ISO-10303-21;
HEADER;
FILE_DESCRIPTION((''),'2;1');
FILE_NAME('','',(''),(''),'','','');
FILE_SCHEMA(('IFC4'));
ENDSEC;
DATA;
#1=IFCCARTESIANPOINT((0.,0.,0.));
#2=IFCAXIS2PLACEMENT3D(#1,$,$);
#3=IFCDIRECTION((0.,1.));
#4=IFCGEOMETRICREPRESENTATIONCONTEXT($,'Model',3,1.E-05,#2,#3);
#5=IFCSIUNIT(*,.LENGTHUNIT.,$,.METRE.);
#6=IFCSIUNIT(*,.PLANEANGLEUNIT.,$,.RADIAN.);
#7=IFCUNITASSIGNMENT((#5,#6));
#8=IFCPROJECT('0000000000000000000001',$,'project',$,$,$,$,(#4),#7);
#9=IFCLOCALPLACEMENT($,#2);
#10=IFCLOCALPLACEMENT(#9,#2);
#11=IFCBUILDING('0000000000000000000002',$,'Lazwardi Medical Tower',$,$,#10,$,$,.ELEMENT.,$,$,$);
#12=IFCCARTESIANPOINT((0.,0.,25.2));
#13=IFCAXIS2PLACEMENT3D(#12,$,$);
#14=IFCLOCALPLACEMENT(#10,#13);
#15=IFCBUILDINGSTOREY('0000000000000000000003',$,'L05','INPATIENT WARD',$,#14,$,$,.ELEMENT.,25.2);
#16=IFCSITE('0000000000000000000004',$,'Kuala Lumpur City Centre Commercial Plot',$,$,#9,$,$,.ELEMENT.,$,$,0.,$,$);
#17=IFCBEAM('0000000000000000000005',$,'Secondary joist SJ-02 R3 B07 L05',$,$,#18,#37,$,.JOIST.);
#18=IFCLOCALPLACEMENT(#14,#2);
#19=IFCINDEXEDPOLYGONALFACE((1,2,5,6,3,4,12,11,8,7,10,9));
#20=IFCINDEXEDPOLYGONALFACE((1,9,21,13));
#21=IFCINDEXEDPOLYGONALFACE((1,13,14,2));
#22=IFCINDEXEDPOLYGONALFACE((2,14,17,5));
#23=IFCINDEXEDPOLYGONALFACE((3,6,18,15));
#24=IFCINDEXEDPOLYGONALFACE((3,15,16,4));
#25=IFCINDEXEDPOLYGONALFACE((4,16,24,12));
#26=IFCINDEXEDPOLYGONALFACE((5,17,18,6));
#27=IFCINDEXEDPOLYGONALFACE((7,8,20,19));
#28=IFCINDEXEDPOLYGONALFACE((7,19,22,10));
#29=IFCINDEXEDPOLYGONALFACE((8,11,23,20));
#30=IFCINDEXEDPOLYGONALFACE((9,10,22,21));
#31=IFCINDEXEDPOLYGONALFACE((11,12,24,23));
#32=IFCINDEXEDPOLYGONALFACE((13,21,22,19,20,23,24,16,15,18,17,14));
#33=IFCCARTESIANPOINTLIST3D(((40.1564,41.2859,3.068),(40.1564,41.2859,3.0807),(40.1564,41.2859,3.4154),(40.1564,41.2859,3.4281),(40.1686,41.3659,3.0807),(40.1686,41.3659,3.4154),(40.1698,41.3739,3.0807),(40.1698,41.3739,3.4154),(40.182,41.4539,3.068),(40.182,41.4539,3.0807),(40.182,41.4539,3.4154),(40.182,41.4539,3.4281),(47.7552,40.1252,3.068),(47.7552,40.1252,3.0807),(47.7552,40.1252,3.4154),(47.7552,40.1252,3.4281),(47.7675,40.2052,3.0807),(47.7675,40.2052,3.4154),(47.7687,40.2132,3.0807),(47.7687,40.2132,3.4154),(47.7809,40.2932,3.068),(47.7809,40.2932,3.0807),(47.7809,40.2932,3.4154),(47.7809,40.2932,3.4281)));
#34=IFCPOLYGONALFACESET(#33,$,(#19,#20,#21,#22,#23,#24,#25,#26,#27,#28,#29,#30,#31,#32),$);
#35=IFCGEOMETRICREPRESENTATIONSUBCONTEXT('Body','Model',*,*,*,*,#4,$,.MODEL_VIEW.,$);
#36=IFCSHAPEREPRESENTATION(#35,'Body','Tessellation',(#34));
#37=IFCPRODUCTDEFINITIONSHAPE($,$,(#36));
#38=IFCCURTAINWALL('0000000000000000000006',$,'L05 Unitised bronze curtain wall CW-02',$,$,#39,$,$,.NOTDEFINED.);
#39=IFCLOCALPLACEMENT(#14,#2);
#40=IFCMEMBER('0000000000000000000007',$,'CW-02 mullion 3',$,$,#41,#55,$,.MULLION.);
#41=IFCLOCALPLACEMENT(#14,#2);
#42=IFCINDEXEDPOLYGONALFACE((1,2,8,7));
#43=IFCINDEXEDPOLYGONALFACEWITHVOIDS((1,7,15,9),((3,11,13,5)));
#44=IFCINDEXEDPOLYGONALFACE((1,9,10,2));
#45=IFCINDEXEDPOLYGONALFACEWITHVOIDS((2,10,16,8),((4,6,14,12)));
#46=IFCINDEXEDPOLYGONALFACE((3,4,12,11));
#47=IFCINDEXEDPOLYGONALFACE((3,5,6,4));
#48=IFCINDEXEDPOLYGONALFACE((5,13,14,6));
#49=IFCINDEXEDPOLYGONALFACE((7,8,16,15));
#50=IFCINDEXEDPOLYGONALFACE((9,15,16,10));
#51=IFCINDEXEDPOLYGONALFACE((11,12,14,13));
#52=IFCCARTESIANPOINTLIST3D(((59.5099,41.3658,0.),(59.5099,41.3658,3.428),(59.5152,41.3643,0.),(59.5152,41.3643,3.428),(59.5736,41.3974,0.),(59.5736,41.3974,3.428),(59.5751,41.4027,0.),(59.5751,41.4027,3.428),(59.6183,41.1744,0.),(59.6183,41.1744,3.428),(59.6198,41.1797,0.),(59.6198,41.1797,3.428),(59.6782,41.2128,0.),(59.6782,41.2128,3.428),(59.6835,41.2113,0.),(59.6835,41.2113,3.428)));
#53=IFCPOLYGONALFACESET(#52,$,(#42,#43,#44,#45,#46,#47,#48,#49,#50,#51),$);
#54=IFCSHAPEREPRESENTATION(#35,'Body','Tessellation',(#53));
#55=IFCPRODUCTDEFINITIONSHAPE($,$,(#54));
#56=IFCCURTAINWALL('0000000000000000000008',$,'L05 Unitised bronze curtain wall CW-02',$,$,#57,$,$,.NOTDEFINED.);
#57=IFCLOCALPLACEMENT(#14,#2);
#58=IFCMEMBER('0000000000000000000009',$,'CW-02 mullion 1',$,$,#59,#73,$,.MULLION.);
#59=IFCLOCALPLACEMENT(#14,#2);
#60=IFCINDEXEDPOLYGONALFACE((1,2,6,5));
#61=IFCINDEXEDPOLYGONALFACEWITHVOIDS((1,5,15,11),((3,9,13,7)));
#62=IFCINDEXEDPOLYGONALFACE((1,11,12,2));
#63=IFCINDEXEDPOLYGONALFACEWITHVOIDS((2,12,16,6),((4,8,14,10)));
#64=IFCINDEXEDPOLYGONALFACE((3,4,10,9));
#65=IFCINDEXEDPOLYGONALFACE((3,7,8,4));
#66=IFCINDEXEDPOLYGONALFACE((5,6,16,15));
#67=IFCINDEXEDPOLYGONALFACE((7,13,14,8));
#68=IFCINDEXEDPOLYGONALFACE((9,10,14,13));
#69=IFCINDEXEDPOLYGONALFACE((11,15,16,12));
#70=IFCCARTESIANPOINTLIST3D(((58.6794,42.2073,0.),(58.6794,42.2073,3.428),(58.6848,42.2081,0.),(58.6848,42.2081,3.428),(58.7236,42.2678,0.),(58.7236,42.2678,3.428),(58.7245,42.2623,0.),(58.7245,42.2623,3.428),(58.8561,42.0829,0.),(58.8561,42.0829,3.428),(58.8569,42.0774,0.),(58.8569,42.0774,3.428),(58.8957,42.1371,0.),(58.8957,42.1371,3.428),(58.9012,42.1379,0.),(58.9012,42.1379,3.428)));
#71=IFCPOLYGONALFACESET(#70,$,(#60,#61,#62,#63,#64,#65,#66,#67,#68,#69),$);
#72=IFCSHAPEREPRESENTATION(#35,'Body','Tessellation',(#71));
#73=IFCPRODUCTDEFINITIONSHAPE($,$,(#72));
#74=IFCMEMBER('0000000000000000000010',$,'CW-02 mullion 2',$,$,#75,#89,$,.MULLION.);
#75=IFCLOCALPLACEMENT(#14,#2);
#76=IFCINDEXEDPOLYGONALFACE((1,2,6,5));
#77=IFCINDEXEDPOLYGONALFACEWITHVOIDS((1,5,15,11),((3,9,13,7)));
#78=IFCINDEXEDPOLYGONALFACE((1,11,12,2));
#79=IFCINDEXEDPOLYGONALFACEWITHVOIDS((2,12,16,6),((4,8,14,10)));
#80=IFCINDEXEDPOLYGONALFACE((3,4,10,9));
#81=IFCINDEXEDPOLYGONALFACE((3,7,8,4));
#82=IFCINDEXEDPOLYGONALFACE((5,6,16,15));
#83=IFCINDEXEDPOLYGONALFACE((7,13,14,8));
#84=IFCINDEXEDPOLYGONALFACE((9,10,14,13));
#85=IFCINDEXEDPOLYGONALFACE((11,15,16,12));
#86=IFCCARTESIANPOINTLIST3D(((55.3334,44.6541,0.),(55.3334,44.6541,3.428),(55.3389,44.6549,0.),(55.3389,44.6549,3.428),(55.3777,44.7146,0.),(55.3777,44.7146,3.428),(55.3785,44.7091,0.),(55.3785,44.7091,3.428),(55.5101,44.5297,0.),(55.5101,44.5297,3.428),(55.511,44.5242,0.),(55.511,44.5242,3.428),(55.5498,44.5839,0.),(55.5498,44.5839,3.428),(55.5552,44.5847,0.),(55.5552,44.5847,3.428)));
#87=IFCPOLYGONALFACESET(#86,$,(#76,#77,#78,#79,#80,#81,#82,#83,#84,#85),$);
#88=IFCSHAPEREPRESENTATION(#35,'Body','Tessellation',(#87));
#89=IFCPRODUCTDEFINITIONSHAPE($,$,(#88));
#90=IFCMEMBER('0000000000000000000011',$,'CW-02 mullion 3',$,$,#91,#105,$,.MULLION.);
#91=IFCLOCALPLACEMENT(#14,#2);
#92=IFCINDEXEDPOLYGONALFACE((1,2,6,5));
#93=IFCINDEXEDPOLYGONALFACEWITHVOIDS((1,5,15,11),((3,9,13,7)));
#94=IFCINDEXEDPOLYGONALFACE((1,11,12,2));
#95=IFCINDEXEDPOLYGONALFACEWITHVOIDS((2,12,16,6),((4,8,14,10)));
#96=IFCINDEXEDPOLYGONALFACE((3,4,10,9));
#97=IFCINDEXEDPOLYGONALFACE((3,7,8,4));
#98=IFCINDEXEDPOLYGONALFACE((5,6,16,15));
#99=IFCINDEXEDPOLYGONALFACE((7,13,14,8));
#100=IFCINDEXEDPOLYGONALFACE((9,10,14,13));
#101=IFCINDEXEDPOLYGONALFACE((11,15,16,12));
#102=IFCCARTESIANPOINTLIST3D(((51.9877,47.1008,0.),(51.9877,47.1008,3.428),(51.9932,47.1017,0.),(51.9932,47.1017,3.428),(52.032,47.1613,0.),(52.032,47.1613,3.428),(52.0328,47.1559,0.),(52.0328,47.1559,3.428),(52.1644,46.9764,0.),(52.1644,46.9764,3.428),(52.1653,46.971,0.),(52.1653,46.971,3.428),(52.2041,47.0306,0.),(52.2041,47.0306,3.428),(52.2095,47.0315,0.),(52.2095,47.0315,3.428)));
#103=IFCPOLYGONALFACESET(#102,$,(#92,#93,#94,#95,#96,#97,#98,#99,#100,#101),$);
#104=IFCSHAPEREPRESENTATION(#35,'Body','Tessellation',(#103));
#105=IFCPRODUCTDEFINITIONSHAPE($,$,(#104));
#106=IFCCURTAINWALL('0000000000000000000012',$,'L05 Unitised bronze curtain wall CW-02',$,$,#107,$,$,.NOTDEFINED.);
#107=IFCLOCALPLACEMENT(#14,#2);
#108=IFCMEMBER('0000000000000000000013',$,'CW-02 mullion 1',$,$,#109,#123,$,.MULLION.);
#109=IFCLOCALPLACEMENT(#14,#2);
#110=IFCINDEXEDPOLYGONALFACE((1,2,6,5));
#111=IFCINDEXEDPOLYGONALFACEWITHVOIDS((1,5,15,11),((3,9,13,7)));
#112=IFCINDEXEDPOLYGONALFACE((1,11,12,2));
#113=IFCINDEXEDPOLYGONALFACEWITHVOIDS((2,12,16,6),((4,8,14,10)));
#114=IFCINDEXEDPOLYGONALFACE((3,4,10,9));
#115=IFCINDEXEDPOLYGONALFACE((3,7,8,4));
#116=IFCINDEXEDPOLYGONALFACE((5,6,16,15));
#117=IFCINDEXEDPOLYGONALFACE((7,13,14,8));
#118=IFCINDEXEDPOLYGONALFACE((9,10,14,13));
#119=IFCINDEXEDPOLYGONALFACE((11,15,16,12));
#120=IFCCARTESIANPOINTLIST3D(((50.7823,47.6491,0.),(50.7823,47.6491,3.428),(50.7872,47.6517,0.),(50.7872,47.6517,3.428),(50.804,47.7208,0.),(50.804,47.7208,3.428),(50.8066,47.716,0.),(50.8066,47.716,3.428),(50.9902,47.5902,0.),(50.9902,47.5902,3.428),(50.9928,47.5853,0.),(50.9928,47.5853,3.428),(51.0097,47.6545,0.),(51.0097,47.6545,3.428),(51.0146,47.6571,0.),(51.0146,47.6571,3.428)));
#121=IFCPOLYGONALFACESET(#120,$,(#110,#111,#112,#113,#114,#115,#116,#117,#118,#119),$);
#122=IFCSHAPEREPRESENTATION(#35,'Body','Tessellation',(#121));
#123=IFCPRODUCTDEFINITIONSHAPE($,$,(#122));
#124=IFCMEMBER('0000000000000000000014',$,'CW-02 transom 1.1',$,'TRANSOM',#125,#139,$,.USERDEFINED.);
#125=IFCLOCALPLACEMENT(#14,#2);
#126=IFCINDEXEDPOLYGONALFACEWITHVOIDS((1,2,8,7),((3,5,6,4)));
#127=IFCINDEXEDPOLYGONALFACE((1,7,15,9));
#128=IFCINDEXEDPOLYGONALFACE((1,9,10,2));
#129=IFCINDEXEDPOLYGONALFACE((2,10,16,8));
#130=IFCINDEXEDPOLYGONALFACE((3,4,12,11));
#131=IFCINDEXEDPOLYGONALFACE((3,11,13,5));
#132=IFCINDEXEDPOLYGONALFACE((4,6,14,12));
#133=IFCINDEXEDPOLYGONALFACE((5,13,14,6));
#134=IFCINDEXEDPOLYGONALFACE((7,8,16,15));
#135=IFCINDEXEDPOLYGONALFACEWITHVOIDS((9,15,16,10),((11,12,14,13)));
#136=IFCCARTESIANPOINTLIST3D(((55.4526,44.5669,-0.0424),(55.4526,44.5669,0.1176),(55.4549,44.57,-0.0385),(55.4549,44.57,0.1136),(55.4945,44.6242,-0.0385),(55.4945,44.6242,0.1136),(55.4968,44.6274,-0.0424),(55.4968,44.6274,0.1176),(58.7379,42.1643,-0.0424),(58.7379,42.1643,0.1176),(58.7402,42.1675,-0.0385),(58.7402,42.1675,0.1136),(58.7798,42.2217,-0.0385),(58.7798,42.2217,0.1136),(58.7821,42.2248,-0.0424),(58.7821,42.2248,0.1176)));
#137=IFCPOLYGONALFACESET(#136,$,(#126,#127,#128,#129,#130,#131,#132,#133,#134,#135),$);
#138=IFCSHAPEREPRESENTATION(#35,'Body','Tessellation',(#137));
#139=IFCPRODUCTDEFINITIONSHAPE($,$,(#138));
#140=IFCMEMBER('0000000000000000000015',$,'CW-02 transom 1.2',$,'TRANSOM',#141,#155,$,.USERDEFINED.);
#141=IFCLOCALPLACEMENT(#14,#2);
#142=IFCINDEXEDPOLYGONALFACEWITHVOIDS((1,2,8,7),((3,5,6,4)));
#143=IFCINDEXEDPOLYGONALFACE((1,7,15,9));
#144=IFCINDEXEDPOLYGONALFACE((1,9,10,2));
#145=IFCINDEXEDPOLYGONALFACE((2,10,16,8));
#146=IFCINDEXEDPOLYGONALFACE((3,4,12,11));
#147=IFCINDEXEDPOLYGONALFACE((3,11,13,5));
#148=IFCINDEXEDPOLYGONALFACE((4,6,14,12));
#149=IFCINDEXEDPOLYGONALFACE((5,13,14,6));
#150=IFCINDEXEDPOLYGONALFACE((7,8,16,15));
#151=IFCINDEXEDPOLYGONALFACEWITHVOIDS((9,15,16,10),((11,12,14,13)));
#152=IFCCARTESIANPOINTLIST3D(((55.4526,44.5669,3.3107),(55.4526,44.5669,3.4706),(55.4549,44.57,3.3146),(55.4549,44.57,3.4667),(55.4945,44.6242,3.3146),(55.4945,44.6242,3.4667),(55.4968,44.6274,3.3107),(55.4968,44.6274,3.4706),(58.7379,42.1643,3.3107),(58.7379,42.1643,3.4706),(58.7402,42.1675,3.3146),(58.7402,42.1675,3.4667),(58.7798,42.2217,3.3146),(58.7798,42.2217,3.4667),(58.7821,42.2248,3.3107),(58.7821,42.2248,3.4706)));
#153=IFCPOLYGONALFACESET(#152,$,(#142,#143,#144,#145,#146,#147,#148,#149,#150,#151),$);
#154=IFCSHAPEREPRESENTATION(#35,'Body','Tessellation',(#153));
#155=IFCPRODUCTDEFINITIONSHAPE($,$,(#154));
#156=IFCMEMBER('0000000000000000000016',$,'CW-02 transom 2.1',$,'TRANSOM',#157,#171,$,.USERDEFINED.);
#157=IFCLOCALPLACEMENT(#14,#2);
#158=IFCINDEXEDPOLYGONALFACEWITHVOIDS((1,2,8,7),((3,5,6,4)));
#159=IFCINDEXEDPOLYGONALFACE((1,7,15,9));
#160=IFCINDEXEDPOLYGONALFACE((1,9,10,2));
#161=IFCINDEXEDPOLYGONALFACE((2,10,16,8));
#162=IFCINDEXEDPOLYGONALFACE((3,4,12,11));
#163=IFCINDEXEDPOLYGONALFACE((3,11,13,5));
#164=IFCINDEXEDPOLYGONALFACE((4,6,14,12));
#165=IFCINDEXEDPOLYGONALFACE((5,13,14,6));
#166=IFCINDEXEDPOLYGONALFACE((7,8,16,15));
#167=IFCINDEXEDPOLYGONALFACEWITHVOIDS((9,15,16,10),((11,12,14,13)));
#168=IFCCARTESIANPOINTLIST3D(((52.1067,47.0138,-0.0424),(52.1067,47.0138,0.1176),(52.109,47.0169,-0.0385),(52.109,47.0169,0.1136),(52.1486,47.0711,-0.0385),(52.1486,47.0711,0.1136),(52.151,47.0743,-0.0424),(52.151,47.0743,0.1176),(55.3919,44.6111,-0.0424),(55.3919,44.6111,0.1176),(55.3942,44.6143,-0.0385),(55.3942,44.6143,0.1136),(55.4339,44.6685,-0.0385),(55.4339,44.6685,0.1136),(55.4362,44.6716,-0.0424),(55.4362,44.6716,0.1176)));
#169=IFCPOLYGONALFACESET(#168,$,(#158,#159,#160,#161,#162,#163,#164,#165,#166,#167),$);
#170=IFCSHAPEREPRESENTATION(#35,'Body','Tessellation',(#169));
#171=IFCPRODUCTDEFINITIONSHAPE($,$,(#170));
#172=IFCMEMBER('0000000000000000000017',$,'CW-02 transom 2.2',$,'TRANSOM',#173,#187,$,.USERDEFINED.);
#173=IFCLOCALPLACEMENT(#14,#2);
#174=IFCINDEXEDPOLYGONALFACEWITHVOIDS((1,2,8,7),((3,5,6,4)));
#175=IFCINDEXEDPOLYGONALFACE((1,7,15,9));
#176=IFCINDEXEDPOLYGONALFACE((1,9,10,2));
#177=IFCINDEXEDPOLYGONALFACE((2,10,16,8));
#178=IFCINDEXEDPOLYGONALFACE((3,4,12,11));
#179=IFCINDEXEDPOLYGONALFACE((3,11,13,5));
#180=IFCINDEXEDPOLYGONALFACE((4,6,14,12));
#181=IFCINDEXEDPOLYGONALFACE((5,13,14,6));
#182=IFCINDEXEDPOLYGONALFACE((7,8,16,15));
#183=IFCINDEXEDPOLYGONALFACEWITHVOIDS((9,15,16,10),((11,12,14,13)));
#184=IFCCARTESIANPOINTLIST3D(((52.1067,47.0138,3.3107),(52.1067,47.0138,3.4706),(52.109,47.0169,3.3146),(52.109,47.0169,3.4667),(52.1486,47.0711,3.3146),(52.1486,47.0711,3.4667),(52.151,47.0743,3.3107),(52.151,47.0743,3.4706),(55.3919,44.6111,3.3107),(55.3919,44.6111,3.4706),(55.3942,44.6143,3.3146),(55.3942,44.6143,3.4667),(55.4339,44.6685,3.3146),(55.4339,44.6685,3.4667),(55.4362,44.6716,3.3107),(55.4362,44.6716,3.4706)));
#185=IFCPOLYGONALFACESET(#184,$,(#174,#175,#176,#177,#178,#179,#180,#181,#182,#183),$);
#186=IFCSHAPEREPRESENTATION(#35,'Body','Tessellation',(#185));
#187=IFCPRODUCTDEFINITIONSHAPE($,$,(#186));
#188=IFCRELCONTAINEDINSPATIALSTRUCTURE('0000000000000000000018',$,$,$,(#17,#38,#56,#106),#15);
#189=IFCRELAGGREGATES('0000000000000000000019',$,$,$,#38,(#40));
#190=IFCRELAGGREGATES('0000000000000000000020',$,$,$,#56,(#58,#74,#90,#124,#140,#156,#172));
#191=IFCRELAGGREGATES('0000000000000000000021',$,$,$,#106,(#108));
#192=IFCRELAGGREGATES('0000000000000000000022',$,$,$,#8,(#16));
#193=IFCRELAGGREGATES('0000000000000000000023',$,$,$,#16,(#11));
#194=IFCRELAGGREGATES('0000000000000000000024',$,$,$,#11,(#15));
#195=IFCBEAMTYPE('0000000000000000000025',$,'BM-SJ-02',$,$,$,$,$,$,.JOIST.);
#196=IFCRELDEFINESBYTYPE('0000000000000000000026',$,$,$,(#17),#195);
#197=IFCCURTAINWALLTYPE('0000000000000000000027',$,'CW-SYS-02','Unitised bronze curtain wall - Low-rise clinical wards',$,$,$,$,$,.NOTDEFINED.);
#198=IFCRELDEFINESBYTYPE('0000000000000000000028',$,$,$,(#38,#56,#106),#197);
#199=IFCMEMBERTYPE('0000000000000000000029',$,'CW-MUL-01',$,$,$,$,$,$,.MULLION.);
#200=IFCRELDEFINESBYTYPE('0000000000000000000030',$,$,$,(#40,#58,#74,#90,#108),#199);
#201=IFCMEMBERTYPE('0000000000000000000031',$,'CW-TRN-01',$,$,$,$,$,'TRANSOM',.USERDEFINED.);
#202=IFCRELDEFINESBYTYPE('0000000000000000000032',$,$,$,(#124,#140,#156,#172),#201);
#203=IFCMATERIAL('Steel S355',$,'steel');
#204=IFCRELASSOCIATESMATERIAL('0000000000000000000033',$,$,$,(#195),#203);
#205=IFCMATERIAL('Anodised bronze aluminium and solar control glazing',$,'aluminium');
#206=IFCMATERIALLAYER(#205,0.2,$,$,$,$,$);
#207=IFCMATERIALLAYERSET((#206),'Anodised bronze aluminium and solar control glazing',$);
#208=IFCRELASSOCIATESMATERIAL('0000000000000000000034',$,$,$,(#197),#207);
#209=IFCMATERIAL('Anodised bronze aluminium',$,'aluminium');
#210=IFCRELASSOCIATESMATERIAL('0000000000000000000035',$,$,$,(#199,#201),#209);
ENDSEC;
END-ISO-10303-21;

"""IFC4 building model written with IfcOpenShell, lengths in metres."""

from ifc_helpers import new_model, si_unit, direction, frame, origin, origin_2d, place, context, subcontext, project, spatial, hollow_rectangle, i_section, extrude, material, layer, layer_set, material_profile, profile_set, type_object, element, aggregate, save


model = new_model("IFC4")

# Units and contexts
model_context = context("Model", 3, precision=1e-05, world=origin(), true_north=direction((0.0, 1.0)))
body_context = subcontext(model_context, "Body", "Model", "MODEL_VIEW")
ifc_project = project(units=[si_unit("LENGTHUNIT", "METRE"), si_unit("PLANEANGLEUNIT", "RADIAN")], contexts=[model_context])

# Site, building, storey
site_placement = place(None, origin())
site = spatial("IfcSite", under=ifc_project, at=site_placement, Name="Kuala Lumpur City Centre Commercial Plot", CompositionType="ELEMENT", RefElevation=0.0)
building_placement = place(site_placement, origin())
building = spatial("IfcBuilding", under=site, at=building_placement, Name="Lazwardi Medical Tower", CompositionType="ELEMENT")
storey_placement = place(building_placement, frame((0.0, 0.0, 25.2)))
storey = spatial("IfcBuildingStorey", under=building, at=storey_placement, Name="L05", Description="INPATIENT WARD", CompositionType="ELEMENT", Elevation=25.2)

# Beam
ifc_material_1 = material(Name="Steel S355", Category="steel")
ifc_material_profile_1 = material_profile(ifc_material_1, i_section(OverallWidth=0.1699, OverallDepth=0.3601, WebThickness=0.0081, FlangeThickness=0.0127, at=origin_2d()), Name="IPE 360")
ifc_profile_set_1 = profile_set([ifc_material_profile_1], Name="Steel S355")
beam_type_1 = type_object("IfcBeamType", Name="BM-SJ-02", PredefinedType="JOIST", material=ifc_profile_set_1)
beam_1_placement = place(storey_placement, frame((47.7681, 40.2092, 3.248), z_axis=(-0.988536, 0.150988, 0.0), x_axis=(-0.150988, -0.988536, 0.0)))
element("IfcBeam", 1, at=beam_1_placement, inside=storey, type_object=beam_type_1, Name="Secondary joist SJ-02 R3 B07 L05", PredefinedType="JOIST", context=body_context, shape_type="SweptSolid", body=[
    extrude(i_section(OverallWidth=0.1699, OverallDepth=0.3601, WebThickness=0.0081, FlangeThickness=0.0127, at=origin_2d()), origin(), (0.0, 0.0, 1.0), 7.687),
])

# Curtain wall, member
ifc_material_2 = material(Name="Anodised bronze aluminium and solar control glazing", Category="aluminium")
ifc_layer_1 = layer(ifc_material_2, 0.2)
ifc_layer_set_1 = layer_set([ifc_layer_1], Name="Anodised bronze aluminium and solar control glazing")
curtain_wall_type = type_object("IfcCurtainWallType", Name="CW-SYS-02", Description="Unitised bronze curtain wall - Low-rise clinical wards", PredefinedType="NOTDEFINED", material=ifc_layer_set_1)
curtain_wall_1_placement = place(storey_placement, origin())
curtain_wall_1 = element("IfcCurtainWall", 2, at=curtain_wall_1_placement, inside=storey, type_object=curtain_wall_type, Name="L05 Unitised bronze curtain wall CW-02", PredefinedType="NOTDEFINED")
ifc_material_3 = material(Name="Anodised bronze aluminium", Category="aluminium")
ifc_material_profile_2 = material_profile(ifc_material_3, hollow_rectangle(XDim=0.075, YDim=0.22, WallThickness=0.0039, at=origin_2d()), Name="ALU-MULLION 220x75x4")
ifc_profile_set_2 = profile_set([ifc_material_profile_2], Name="Anodised bronze aluminium")
member_type_1 = type_object("IfcMemberType", Name="CW-MUL-01", PredefinedType="MULLION", material=ifc_profile_set_2)
member_1_placement = place(storey_placement, frame((59.5967, 41.2886, 0.0), z_axis=(0.0, 0.0, 1.0), x_axis=(-0.870112, -0.492854, 0.0)))
member_1 = element("IfcMember", 3, at=member_1_placement, type_object=member_type_1, Name="CW-02 mullion 3", PredefinedType="MULLION", context=body_context, shape_type="SweptSolid", body=[
    extrude(hollow_rectangle(XDim=0.075, YDim=0.22, WallThickness=0.0039, at=origin_2d()), origin(), (0.0, 0.0, 1.0), 3.428),
])
aggregate(curtain_wall_1, [member_1])

# Curtain wall, members
curtain_wall_2_placement = place(storey_placement, origin())
curtain_wall_2 = element("IfcCurtainWall", 4, at=curtain_wall_2_placement, inside=storey, type_object=curtain_wall_type, Name="L05 Unitised bronze curtain wall CW-02", PredefinedType="NOTDEFINED")
member_2_placement = place(storey_placement, frame((58.7903, 42.1726, 0.0), z_axis=(0.0, 0.0, 1.0), x_axis=(-0.590289, -0.807192, 0.0)))
member_2 = element("IfcMember", 5, at=member_2_placement, type_object=member_type_1, Name="CW-02 mullion 1", PredefinedType="MULLION", context=body_context, shape_type="SweptSolid", body=[
    extrude(hollow_rectangle(XDim=0.075, YDim=0.22, WallThickness=0.0039, at=origin_2d()), origin(), (0.0, 0.0, 1.0), 3.428),
])
member_3_placement = place(storey_placement, frame((55.4443, 44.6194, 0.0), z_axis=(0.0, 0.0, 1.0), x_axis=(-0.590289, -0.807192, 0.0)))
member_3 = element("IfcMember", 6, at=member_3_placement, type_object=member_type_1, Name="CW-02 mullion 2", PredefinedType="MULLION", context=body_context, shape_type="SweptSolid", body=[
    extrude(hollow_rectangle(XDim=0.075, YDim=0.22, WallThickness=0.0039, at=origin_2d()), origin(), (0.0, 0.0, 1.0), 3.428),
])
member_4_placement = place(storey_placement, frame((52.0986, 47.0662, 0.0), z_axis=(0.0, 0.0, 1.0), x_axis=(-0.590289, -0.807192, 0.0)))
member_4 = element("IfcMember", 7, at=member_4_placement, type_object=member_type_1, Name="CW-02 mullion 3", PredefinedType="MULLION", context=body_context, shape_type="SweptSolid", body=[
    extrude(hollow_rectangle(XDim=0.075, YDim=0.22, WallThickness=0.0039, at=origin_2d()), origin(), (0.0, 0.0, 1.0), 3.428),
])

# Curtain wall, member
curtain_wall_3_placement = place(storey_placement, origin())
curtain_wall_3 = element("IfcCurtainWall", 8, at=curtain_wall_3_placement, inside=storey, type_object=curtain_wall_type, Name="L05 Unitised bronze curtain wall CW-02", PredefinedType="NOTDEFINED")
member_5_placement = place(storey_placement, frame((50.8984, 47.6531, 0.0), z_axis=(0.0, 0.0, 1.0), x_axis=(-0.289896, -0.957058, 0.0)))
member_5 = element("IfcMember", 9, at=member_5_placement, type_object=member_type_1, Name="CW-02 mullion 1", PredefinedType="MULLION", context=body_context, shape_type="SweptSolid", body=[
    extrude(hollow_rectangle(XDim=0.075, YDim=0.22, WallThickness=0.0039, at=origin_2d()), origin(), (0.0, 0.0, 1.0), 3.428),
])

# Members
ifc_material_profile_3 = material_profile(ifc_material_3, hollow_rectangle(XDim=0.075, YDim=0.1599, WallThickness=0.0039, at=origin_2d()), Name="ALU-TRANSOM 160x75x4")
ifc_profile_set_3 = profile_set([ifc_material_profile_3], Name="Anodised bronze aluminium")
member_type_2 = type_object("IfcMemberType", Name="CW-TRN-01", ElementType="TRANSOM", PredefinedType="USERDEFINED", material=ifc_profile_set_3)
member_6_placement = place(storey_placement, frame((58.76, 42.1946, 0.0376), z_axis=(-0.80719, 0.590292, 0.0), x_axis=(-0.590292, -0.80719, 0.0)))
member_6 = element("IfcMember", 10, at=member_6_placement, type_object=member_type_2, Name="CW-02 transom 1.1", ObjectType="TRANSOM", PredefinedType="USERDEFINED", context=body_context, shape_type="SweptSolid", body=[
    extrude(hollow_rectangle(XDim=0.075, YDim=0.1599, WallThickness=0.0039, at=origin_2d()), origin(), (0.0, 0.0, 1.0), 4.0701),
])
member_7_placement = place(storey_placement, frame((58.76, 42.1946, 3.3906), z_axis=(-0.80719, 0.590292, 0.0), x_axis=(-0.590292, -0.80719, 0.0)))
member_7 = element("IfcMember", 11, at=member_7_placement, type_object=member_type_2, Name="CW-02 transom 1.2", ObjectType="TRANSOM", PredefinedType="USERDEFINED", context=body_context, shape_type="SweptSolid", body=[
    extrude(hollow_rectangle(XDim=0.075, YDim=0.1599, WallThickness=0.0039, at=origin_2d()), origin(), (0.0, 0.0, 1.0), 4.0701),
])
member_8_placement = place(storey_placement, frame((55.4141, 44.6414, 0.0376), z_axis=(-0.807169, 0.59032, 0.0), x_axis=(-0.59032, -0.807169, 0.0)))
member_8 = element("IfcMember", 12, at=member_8_placement, type_object=member_type_2, Name="CW-02 transom 2.1", ObjectType="TRANSOM", PredefinedType="USERDEFINED", context=body_context, shape_type="SweptSolid", body=[
    extrude(hollow_rectangle(XDim=0.075, YDim=0.1599, WallThickness=0.0039, at=origin_2d()), origin(), (0.0, 0.0, 1.0), 4.0701),
])
member_9_placement = place(storey_placement, frame((55.4141, 44.6414, 3.3906), z_axis=(-0.807169, 0.59032, 0.0), x_axis=(-0.59032, -0.807169, 0.0)))
member_9 = element("IfcMember", 13, at=member_9_placement, type_object=member_type_2, Name="CW-02 transom 2.2", ObjectType="TRANSOM", PredefinedType="USERDEFINED", context=body_context, shape_type="SweptSolid", body=[
    extrude(hollow_rectangle(XDim=0.075, YDim=0.1599, WallThickness=0.0039, at=origin_2d()), origin(), (0.0, 0.0, 1.0), 4.0701),
])

aggregate(curtain_wall_2, [member_2, member_3, member_4, member_6, member_7, member_8, member_9])
aggregate(curtain_wall_3, [member_5])

save(model, "model.ifc")
